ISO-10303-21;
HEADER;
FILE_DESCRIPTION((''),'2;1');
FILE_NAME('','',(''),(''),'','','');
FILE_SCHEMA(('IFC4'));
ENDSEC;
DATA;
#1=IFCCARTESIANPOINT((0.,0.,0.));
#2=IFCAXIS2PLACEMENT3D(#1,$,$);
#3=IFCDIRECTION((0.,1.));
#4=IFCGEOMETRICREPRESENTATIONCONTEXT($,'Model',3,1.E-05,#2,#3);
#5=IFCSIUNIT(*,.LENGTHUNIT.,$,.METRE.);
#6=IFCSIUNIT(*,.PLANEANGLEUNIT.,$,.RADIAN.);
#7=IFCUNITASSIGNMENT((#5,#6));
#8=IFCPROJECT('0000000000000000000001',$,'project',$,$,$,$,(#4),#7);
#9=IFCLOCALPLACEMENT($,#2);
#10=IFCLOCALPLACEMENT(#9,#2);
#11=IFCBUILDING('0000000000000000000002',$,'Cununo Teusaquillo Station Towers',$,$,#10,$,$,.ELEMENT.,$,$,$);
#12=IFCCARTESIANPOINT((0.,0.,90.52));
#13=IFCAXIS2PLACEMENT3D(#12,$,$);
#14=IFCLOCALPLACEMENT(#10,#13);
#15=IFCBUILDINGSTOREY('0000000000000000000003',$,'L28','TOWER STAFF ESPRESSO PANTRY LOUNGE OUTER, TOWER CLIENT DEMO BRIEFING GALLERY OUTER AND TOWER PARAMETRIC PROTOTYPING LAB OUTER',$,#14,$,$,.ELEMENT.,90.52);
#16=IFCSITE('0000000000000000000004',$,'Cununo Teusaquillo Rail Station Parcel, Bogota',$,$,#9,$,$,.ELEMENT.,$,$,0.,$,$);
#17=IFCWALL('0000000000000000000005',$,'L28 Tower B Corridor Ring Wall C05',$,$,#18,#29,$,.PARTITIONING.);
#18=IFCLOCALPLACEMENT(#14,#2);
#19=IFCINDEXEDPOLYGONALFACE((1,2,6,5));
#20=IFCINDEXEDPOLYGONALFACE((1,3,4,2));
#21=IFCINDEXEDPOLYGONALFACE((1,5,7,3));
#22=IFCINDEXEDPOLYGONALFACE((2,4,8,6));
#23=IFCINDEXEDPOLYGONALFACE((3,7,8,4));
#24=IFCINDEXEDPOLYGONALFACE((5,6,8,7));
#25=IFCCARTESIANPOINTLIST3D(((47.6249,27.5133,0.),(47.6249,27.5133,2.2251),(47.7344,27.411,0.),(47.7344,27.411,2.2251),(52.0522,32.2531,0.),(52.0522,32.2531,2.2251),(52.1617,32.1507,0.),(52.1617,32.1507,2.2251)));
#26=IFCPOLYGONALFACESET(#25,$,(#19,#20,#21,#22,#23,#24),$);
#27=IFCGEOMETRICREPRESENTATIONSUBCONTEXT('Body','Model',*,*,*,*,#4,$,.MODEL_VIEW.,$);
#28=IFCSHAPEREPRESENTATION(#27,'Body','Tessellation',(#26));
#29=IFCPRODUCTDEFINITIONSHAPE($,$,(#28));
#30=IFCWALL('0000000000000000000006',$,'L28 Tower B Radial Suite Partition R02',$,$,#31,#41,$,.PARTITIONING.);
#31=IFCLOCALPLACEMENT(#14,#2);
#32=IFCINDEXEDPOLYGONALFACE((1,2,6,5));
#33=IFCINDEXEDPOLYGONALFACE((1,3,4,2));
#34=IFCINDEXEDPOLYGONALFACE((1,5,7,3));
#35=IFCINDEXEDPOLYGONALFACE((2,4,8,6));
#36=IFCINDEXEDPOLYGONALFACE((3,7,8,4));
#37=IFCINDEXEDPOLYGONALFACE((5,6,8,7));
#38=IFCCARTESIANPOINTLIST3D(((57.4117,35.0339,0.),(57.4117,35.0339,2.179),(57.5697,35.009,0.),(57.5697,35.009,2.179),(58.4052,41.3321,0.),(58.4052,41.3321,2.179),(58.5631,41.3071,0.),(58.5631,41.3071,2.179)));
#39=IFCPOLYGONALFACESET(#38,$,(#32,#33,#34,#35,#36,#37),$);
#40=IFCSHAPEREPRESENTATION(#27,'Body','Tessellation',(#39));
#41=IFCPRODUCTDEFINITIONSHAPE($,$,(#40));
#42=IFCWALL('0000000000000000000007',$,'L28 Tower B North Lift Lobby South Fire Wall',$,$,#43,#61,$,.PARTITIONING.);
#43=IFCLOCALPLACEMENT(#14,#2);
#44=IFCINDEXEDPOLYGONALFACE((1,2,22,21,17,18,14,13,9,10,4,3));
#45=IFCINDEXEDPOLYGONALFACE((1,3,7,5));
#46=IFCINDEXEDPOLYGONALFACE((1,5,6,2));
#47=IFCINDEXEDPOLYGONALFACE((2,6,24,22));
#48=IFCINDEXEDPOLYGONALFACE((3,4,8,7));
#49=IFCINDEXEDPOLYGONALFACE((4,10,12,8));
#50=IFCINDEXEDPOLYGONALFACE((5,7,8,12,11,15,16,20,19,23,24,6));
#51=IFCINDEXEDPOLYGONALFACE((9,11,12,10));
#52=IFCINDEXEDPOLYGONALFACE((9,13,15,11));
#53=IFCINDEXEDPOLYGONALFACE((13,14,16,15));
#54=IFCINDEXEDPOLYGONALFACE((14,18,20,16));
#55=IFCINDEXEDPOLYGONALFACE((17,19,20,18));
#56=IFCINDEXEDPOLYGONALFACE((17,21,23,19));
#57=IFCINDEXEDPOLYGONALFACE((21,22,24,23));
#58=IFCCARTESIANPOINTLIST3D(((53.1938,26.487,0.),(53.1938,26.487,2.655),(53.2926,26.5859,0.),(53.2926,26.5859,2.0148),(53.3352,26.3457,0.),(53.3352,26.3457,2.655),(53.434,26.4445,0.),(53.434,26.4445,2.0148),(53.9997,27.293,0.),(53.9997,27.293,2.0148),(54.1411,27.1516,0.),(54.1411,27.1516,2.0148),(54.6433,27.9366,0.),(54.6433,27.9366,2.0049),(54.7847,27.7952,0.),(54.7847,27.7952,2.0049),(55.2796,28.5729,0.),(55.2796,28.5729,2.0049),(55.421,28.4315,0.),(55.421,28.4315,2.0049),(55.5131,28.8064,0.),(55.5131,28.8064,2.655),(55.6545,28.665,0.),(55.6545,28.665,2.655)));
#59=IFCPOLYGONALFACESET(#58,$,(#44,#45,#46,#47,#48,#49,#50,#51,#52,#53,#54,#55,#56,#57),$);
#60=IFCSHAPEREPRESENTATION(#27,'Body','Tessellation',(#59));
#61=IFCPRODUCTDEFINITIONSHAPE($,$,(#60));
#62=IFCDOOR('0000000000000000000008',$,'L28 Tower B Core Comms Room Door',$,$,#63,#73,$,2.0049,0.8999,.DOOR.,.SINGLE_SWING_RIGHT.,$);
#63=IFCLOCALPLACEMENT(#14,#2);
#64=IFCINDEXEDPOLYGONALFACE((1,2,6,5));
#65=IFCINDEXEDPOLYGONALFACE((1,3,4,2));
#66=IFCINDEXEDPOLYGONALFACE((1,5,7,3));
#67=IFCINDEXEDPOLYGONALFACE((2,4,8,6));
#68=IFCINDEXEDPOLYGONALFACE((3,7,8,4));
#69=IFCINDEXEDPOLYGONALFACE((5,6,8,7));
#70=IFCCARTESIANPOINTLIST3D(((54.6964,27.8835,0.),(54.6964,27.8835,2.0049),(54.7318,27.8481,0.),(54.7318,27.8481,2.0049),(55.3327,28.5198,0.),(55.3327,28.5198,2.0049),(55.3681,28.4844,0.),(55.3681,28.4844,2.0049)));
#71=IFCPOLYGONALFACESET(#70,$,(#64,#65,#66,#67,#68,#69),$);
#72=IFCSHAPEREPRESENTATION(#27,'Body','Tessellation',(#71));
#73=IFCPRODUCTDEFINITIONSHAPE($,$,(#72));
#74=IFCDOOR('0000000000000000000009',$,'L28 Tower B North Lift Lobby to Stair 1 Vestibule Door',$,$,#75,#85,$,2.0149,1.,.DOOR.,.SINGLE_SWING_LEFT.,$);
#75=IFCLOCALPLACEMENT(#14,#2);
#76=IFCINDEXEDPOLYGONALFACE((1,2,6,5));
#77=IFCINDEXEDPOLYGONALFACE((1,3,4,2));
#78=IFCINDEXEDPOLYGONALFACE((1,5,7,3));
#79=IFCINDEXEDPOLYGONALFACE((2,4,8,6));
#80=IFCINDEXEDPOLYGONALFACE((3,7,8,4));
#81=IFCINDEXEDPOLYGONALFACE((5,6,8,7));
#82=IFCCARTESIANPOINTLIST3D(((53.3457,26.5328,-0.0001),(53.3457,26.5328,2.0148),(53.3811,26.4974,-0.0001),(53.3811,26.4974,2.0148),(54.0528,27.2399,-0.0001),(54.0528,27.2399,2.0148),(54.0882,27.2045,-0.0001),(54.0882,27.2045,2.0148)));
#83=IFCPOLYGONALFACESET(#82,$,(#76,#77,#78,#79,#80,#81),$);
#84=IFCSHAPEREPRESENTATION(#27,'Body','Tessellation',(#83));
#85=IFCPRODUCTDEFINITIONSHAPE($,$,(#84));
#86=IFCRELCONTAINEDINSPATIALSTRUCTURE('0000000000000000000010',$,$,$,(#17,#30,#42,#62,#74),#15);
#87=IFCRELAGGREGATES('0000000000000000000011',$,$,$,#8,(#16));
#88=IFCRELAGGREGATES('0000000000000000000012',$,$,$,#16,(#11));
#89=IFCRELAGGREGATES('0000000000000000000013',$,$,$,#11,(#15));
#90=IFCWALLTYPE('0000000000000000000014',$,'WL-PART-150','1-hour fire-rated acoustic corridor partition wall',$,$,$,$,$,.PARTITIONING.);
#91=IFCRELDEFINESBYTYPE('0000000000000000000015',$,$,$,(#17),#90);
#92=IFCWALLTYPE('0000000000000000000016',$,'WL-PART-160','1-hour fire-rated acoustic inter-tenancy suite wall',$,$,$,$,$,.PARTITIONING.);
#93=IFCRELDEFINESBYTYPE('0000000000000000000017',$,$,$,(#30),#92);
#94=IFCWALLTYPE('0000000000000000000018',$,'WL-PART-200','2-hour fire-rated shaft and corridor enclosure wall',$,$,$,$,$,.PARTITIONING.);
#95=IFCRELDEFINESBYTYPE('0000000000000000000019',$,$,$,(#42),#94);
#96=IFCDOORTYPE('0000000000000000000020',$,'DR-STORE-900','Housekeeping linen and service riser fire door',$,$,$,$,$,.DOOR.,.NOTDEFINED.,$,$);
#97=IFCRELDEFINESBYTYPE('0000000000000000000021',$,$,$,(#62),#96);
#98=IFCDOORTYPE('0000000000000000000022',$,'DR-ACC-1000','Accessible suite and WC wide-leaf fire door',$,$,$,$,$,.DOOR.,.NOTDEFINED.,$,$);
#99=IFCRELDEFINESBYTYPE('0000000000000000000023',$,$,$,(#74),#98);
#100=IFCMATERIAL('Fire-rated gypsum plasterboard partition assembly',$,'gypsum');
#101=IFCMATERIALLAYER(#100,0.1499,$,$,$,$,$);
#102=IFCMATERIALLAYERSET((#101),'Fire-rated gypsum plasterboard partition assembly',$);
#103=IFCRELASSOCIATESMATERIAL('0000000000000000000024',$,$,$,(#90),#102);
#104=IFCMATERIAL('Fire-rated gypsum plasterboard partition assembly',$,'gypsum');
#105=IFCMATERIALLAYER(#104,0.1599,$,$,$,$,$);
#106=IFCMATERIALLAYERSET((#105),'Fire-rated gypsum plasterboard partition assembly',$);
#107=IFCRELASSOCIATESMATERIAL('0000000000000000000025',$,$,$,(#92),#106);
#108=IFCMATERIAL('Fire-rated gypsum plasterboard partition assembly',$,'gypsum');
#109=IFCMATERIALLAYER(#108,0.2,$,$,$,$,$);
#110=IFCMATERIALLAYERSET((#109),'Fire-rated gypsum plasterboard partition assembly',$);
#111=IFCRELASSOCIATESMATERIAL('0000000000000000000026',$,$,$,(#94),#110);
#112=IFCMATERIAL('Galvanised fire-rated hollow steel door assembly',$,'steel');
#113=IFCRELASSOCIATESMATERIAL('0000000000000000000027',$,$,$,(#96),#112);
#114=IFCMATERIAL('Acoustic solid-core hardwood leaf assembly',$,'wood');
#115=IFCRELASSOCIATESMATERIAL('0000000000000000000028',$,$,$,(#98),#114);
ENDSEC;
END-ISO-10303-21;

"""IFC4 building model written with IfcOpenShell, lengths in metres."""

from ifc_helpers import new_model, si_unit, direction, frame, frame_2d, origin, place, context, subcontext, project, spatial, rectangle, extrude, source, transform, mapped, material, layer, layer_set, type_object, element, fill, save


model = new_model("IFC4")

# Units and contexts
model_context = context("Model", 3, precision=1e-05, world=origin(), true_north=direction((0.0, 1.0)))
body_context = subcontext(model_context, "Body", "Model", "MODEL_VIEW")
ifc_project = project(units=[si_unit("LENGTHUNIT", "METRE"), si_unit("PLANEANGLEUNIT", "RADIAN")], contexts=[model_context])

# Site, building, storey
site_placement = place(None, origin())
site = spatial("IfcSite", under=ifc_project, at=site_placement, Name="Cununo Teusaquillo Rail Station Parcel, Bogota", CompositionType="ELEMENT", RefElevation=0.0)
building_placement = place(site_placement, origin())
building = spatial("IfcBuilding", under=site, at=building_placement, Name="Cununo Teusaquillo Station Towers", CompositionType="ELEMENT")
storey_placement = place(building_placement, frame((0.0, 0.0, 90.52)))
storey = spatial("IfcBuildingStorey", under=building, at=storey_placement, Name="L28", Description="TOWER STAFF ESPRESSO PANTRY LOUNGE OUTER, TOWER CLIENT DEMO BRIEFING GALLERY OUTER AND TOWER PARAMETRIC PROTOTYPING LAB OUTER", CompositionType="ELEMENT", Elevation=90.52)

# Shared definitions
shared_shape_1 = source(origin(), body_context, "Body", "SweptSolid", [
    extrude(rectangle(XDim=0.8999, YDim=2.0049, at=frame_2d((0.45, 1.0024))), frame((0.0, 0.0249, 0.0), z_axis=(0.0, -1.0, 0.0), x_axis=(1.0, 0.0, 0.0)), (0.0, 0.0, 1.0), 0.05),
])

# Shared definitions
ifc_material_1 = material(Name="Fire-rated gypsum plasterboard partition assembly", Category="gypsum")
ifc_layer_1 = layer(ifc_material_1, 0.1499)
ifc_layer_set_1 = layer_set([ifc_layer_1], Name="Fire-rated gypsum plasterboard partition assembly")
wall_type_1 = type_object("IfcWallType", Name="WL-PART-150", Description="1-hour fire-rated acoustic corridor partition wall", PredefinedType="PARTITIONING", material=ifc_layer_set_1)

# Walls
wall_1_placement = place(storey_placement, frame((52.1069, 32.2019, 0.0), z_axis=(0.0, 0.0, 1.0), x_axis=(-0.682605, -0.730787, 0.0)))
element("IfcWall", 1, at=wall_1_placement, inside=storey, type_object=wall_type_1, Name="L28 Tower B Corridor Ring Wall C05", PredefinedType="PARTITIONING", context=body_context, shape_type="SweptSolid", body=[
    extrude(rectangle(XDim=6.4858, YDim=0.1499, at=frame_2d((3.2429, 0.0))), origin(), (0.0, 0.0, 1.0), 2.2251),
])
ifc_material_2 = material(Name="Fire-rated gypsum plasterboard partition assembly", Category="gypsum")
ifc_layer_2 = layer(ifc_material_2, 0.1599)
ifc_layer_set_2 = layer_set([ifc_layer_2], Name="Fire-rated gypsum plasterboard partition assembly")
wall_type_2 = type_object("IfcWallType", Name="WL-PART-160", Description="1-hour fire-rated acoustic inter-tenancy suite wall", PredefinedType="PARTITIONING", material=ifc_layer_set_2)
wall_2_placement = place(storey_placement, frame((57.4907, 35.0215, 0.0), z_axis=(0.0, 0.0, 1.0), x_axis=(0.155805, 0.987788, 0.0)))
element("IfcWall", 2, at=wall_2_placement, inside=storey, type_object=wall_type_2, Name="L28 Tower B Radial Suite Partition R02", PredefinedType="PARTITIONING", context=body_context, shape_type="SweptSolid", body=[
    extrude(rectangle(XDim=6.376, YDim=0.1599, at=frame_2d((3.188, 0.0))), origin(), (0.0, 0.0, 1.0), 2.179),
])

# Wall, openings, doors
ifc_material_3 = material(Name="Fire-rated gypsum plasterboard partition assembly", Category="gypsum")
ifc_layer_3 = layer(ifc_material_3, 0.2)
ifc_layer_set_3 = layer_set([ifc_layer_3], Name="Fire-rated gypsum plasterboard partition assembly")
wall_type_3 = type_object("IfcWallType", Name="WL-PART-200", Description="2-hour fire-rated shaft and corridor enclosure wall", PredefinedType="PARTITIONING", material=ifc_layer_set_3)
wall_3_placement = place(storey_placement, frame((53.2644, 26.4163, 0.0), z_axis=(0.0, 0.0, 1.0), x_axis=(0.707107, 0.707107, 0.0)))
wall_3 = element("IfcWall", 3, at=wall_3_placement, inside=storey, type_object=wall_type_3, Name="L28 Tower B North Lift Lobby South Fire Wall", PredefinedType="PARTITIONING", context=body_context, shape_type="SweptSolid", body=[
    extrude(rectangle(XDim=3.28, YDim=0.2, at=frame_2d((1.6401, 0.0))), origin(), (0.0, 0.0, 1.0), 2.655),
])
shared_shape_2 = source(origin(), body_context, "Body", "SweptSolid", [
    extrude(rectangle(XDim=1.0, YDim=2.0149, at=frame_2d((0.5, 1.0073))), frame((0.0, 0.1099, 0.0), z_axis=(0.0, -1.0, 0.0), x_axis=(1.0, 0.0, 0.0)), (0.0, 0.0, 1.0), 0.22),
])
opening_1_placement = place(wall_3_placement, frame((0.1399, 0.0, 0.0)))
opening_1 = element("IfcOpeningElement", 4, at=opening_1_placement, cuts=wall_3, PredefinedType="OPENING", context=body_context, shape_type="MappedRepresentation", body=[
    mapped(shared_shape_2, transform((0.0, 0.0, 0.0), x_axis=(1.0, 0.0, 0.0), y_axis=(0.0, 1.0, 0.0), z_axis=(0.0, 0.0, 1.0), scale=1.0)),
])
shared_shape_3 = source(origin(), body_context, "Body", "SweptSolid", [
    extrude(rectangle(XDim=0.8999, YDim=2.0049, at=frame_2d((0.45, 1.0024))), frame((0.0, 0.1099, 0.0), z_axis=(0.0, -1.0, 0.0), x_axis=(1.0, 0.0, 0.0)), (0.0, 0.0, 1.0), 0.22),
])
opening_2_placement = place(wall_3_placement, frame((2.05, 0.0, 0.0)))
opening_2 = element("IfcOpeningElement", 5, at=opening_2_placement, cuts=wall_3, PredefinedType="OPENING", context=body_context, shape_type="MappedRepresentation", body=[
    mapped(shared_shape_3, transform((0.0, 0.0, 0.0), x_axis=(1.0, 0.0, 0.0), y_axis=(0.0, 1.0, 0.0), z_axis=(0.0, 0.0, 1.0), scale=1.0)),
])
ifc_material_4 = material(Name="Galvanised fire-rated hollow steel door assembly", Category="steel")
door_type_1 = type_object("IfcDoorType", Name="DR-STORE-900", Description="Housekeeping linen and service riser fire door", OperationType="NOTDEFINED", PredefinedType="DOOR", material=ifc_material_4)
door_1_placement = place(opening_2_placement, origin())
door_1 = element("IfcDoor", 6, at=door_1_placement, inside=storey, type_object=door_type_1, Name="L28 Tower B Core Comms Room Door", OperationType="SINGLE_SWING_RIGHT", OverallHeight=2.0049, OverallWidth=0.8999, PredefinedType="DOOR", context=body_context, shape_type="MappedRepresentation", body=[
    mapped(shared_shape_1, transform((0.0, 0.0, 0.0), x_axis=(1.0, 0.0, 0.0), y_axis=(0.0, 1.0, 0.0), z_axis=(0.0, 0.0, 1.0), scale=1.0)),
])
fill(opening_2, door_1)
ifc_material_5 = material(Name="Acoustic solid-core hardwood leaf assembly", Category="wood")
door_type_2 = type_object("IfcDoorType", Name="DR-ACC-1000", Description="Accessible suite and WC wide-leaf fire door", OperationType="NOTDEFINED", PredefinedType="DOOR", material=ifc_material_5)
shared_shape_4 = source(origin(), body_context, "Body", "SweptSolid", [
    extrude(rectangle(XDim=1.0, YDim=2.0149, at=frame_2d((0.5, 1.0073))), frame((0.0, 0.0249, 0.0), z_axis=(0.0, -1.0, 0.0), x_axis=(1.0, 0.0, 0.0)), (0.0, 0.0, 1.0), 0.05),
])
door_2_placement = place(opening_1_placement, origin())
door_2 = element("IfcDoor", 7, at=door_2_placement, inside=storey, type_object=door_type_2, Name="L28 Tower B North Lift Lobby to Stair 1 Vestibule Door", OperationType="SINGLE_SWING_LEFT", OverallHeight=2.0149, OverallWidth=1.0, PredefinedType="DOOR", context=body_context, shape_type="MappedRepresentation", body=[
    mapped(shared_shape_4, transform((0.0, 0.0, 0.0), x_axis=(1.0, 0.0, 0.0), y_axis=(0.0, 1.0, 0.0), z_axis=(0.0, 0.0, 1.0), scale=1.0)),
])
fill(opening_1, door_2)

save(model, "model.ifc")
